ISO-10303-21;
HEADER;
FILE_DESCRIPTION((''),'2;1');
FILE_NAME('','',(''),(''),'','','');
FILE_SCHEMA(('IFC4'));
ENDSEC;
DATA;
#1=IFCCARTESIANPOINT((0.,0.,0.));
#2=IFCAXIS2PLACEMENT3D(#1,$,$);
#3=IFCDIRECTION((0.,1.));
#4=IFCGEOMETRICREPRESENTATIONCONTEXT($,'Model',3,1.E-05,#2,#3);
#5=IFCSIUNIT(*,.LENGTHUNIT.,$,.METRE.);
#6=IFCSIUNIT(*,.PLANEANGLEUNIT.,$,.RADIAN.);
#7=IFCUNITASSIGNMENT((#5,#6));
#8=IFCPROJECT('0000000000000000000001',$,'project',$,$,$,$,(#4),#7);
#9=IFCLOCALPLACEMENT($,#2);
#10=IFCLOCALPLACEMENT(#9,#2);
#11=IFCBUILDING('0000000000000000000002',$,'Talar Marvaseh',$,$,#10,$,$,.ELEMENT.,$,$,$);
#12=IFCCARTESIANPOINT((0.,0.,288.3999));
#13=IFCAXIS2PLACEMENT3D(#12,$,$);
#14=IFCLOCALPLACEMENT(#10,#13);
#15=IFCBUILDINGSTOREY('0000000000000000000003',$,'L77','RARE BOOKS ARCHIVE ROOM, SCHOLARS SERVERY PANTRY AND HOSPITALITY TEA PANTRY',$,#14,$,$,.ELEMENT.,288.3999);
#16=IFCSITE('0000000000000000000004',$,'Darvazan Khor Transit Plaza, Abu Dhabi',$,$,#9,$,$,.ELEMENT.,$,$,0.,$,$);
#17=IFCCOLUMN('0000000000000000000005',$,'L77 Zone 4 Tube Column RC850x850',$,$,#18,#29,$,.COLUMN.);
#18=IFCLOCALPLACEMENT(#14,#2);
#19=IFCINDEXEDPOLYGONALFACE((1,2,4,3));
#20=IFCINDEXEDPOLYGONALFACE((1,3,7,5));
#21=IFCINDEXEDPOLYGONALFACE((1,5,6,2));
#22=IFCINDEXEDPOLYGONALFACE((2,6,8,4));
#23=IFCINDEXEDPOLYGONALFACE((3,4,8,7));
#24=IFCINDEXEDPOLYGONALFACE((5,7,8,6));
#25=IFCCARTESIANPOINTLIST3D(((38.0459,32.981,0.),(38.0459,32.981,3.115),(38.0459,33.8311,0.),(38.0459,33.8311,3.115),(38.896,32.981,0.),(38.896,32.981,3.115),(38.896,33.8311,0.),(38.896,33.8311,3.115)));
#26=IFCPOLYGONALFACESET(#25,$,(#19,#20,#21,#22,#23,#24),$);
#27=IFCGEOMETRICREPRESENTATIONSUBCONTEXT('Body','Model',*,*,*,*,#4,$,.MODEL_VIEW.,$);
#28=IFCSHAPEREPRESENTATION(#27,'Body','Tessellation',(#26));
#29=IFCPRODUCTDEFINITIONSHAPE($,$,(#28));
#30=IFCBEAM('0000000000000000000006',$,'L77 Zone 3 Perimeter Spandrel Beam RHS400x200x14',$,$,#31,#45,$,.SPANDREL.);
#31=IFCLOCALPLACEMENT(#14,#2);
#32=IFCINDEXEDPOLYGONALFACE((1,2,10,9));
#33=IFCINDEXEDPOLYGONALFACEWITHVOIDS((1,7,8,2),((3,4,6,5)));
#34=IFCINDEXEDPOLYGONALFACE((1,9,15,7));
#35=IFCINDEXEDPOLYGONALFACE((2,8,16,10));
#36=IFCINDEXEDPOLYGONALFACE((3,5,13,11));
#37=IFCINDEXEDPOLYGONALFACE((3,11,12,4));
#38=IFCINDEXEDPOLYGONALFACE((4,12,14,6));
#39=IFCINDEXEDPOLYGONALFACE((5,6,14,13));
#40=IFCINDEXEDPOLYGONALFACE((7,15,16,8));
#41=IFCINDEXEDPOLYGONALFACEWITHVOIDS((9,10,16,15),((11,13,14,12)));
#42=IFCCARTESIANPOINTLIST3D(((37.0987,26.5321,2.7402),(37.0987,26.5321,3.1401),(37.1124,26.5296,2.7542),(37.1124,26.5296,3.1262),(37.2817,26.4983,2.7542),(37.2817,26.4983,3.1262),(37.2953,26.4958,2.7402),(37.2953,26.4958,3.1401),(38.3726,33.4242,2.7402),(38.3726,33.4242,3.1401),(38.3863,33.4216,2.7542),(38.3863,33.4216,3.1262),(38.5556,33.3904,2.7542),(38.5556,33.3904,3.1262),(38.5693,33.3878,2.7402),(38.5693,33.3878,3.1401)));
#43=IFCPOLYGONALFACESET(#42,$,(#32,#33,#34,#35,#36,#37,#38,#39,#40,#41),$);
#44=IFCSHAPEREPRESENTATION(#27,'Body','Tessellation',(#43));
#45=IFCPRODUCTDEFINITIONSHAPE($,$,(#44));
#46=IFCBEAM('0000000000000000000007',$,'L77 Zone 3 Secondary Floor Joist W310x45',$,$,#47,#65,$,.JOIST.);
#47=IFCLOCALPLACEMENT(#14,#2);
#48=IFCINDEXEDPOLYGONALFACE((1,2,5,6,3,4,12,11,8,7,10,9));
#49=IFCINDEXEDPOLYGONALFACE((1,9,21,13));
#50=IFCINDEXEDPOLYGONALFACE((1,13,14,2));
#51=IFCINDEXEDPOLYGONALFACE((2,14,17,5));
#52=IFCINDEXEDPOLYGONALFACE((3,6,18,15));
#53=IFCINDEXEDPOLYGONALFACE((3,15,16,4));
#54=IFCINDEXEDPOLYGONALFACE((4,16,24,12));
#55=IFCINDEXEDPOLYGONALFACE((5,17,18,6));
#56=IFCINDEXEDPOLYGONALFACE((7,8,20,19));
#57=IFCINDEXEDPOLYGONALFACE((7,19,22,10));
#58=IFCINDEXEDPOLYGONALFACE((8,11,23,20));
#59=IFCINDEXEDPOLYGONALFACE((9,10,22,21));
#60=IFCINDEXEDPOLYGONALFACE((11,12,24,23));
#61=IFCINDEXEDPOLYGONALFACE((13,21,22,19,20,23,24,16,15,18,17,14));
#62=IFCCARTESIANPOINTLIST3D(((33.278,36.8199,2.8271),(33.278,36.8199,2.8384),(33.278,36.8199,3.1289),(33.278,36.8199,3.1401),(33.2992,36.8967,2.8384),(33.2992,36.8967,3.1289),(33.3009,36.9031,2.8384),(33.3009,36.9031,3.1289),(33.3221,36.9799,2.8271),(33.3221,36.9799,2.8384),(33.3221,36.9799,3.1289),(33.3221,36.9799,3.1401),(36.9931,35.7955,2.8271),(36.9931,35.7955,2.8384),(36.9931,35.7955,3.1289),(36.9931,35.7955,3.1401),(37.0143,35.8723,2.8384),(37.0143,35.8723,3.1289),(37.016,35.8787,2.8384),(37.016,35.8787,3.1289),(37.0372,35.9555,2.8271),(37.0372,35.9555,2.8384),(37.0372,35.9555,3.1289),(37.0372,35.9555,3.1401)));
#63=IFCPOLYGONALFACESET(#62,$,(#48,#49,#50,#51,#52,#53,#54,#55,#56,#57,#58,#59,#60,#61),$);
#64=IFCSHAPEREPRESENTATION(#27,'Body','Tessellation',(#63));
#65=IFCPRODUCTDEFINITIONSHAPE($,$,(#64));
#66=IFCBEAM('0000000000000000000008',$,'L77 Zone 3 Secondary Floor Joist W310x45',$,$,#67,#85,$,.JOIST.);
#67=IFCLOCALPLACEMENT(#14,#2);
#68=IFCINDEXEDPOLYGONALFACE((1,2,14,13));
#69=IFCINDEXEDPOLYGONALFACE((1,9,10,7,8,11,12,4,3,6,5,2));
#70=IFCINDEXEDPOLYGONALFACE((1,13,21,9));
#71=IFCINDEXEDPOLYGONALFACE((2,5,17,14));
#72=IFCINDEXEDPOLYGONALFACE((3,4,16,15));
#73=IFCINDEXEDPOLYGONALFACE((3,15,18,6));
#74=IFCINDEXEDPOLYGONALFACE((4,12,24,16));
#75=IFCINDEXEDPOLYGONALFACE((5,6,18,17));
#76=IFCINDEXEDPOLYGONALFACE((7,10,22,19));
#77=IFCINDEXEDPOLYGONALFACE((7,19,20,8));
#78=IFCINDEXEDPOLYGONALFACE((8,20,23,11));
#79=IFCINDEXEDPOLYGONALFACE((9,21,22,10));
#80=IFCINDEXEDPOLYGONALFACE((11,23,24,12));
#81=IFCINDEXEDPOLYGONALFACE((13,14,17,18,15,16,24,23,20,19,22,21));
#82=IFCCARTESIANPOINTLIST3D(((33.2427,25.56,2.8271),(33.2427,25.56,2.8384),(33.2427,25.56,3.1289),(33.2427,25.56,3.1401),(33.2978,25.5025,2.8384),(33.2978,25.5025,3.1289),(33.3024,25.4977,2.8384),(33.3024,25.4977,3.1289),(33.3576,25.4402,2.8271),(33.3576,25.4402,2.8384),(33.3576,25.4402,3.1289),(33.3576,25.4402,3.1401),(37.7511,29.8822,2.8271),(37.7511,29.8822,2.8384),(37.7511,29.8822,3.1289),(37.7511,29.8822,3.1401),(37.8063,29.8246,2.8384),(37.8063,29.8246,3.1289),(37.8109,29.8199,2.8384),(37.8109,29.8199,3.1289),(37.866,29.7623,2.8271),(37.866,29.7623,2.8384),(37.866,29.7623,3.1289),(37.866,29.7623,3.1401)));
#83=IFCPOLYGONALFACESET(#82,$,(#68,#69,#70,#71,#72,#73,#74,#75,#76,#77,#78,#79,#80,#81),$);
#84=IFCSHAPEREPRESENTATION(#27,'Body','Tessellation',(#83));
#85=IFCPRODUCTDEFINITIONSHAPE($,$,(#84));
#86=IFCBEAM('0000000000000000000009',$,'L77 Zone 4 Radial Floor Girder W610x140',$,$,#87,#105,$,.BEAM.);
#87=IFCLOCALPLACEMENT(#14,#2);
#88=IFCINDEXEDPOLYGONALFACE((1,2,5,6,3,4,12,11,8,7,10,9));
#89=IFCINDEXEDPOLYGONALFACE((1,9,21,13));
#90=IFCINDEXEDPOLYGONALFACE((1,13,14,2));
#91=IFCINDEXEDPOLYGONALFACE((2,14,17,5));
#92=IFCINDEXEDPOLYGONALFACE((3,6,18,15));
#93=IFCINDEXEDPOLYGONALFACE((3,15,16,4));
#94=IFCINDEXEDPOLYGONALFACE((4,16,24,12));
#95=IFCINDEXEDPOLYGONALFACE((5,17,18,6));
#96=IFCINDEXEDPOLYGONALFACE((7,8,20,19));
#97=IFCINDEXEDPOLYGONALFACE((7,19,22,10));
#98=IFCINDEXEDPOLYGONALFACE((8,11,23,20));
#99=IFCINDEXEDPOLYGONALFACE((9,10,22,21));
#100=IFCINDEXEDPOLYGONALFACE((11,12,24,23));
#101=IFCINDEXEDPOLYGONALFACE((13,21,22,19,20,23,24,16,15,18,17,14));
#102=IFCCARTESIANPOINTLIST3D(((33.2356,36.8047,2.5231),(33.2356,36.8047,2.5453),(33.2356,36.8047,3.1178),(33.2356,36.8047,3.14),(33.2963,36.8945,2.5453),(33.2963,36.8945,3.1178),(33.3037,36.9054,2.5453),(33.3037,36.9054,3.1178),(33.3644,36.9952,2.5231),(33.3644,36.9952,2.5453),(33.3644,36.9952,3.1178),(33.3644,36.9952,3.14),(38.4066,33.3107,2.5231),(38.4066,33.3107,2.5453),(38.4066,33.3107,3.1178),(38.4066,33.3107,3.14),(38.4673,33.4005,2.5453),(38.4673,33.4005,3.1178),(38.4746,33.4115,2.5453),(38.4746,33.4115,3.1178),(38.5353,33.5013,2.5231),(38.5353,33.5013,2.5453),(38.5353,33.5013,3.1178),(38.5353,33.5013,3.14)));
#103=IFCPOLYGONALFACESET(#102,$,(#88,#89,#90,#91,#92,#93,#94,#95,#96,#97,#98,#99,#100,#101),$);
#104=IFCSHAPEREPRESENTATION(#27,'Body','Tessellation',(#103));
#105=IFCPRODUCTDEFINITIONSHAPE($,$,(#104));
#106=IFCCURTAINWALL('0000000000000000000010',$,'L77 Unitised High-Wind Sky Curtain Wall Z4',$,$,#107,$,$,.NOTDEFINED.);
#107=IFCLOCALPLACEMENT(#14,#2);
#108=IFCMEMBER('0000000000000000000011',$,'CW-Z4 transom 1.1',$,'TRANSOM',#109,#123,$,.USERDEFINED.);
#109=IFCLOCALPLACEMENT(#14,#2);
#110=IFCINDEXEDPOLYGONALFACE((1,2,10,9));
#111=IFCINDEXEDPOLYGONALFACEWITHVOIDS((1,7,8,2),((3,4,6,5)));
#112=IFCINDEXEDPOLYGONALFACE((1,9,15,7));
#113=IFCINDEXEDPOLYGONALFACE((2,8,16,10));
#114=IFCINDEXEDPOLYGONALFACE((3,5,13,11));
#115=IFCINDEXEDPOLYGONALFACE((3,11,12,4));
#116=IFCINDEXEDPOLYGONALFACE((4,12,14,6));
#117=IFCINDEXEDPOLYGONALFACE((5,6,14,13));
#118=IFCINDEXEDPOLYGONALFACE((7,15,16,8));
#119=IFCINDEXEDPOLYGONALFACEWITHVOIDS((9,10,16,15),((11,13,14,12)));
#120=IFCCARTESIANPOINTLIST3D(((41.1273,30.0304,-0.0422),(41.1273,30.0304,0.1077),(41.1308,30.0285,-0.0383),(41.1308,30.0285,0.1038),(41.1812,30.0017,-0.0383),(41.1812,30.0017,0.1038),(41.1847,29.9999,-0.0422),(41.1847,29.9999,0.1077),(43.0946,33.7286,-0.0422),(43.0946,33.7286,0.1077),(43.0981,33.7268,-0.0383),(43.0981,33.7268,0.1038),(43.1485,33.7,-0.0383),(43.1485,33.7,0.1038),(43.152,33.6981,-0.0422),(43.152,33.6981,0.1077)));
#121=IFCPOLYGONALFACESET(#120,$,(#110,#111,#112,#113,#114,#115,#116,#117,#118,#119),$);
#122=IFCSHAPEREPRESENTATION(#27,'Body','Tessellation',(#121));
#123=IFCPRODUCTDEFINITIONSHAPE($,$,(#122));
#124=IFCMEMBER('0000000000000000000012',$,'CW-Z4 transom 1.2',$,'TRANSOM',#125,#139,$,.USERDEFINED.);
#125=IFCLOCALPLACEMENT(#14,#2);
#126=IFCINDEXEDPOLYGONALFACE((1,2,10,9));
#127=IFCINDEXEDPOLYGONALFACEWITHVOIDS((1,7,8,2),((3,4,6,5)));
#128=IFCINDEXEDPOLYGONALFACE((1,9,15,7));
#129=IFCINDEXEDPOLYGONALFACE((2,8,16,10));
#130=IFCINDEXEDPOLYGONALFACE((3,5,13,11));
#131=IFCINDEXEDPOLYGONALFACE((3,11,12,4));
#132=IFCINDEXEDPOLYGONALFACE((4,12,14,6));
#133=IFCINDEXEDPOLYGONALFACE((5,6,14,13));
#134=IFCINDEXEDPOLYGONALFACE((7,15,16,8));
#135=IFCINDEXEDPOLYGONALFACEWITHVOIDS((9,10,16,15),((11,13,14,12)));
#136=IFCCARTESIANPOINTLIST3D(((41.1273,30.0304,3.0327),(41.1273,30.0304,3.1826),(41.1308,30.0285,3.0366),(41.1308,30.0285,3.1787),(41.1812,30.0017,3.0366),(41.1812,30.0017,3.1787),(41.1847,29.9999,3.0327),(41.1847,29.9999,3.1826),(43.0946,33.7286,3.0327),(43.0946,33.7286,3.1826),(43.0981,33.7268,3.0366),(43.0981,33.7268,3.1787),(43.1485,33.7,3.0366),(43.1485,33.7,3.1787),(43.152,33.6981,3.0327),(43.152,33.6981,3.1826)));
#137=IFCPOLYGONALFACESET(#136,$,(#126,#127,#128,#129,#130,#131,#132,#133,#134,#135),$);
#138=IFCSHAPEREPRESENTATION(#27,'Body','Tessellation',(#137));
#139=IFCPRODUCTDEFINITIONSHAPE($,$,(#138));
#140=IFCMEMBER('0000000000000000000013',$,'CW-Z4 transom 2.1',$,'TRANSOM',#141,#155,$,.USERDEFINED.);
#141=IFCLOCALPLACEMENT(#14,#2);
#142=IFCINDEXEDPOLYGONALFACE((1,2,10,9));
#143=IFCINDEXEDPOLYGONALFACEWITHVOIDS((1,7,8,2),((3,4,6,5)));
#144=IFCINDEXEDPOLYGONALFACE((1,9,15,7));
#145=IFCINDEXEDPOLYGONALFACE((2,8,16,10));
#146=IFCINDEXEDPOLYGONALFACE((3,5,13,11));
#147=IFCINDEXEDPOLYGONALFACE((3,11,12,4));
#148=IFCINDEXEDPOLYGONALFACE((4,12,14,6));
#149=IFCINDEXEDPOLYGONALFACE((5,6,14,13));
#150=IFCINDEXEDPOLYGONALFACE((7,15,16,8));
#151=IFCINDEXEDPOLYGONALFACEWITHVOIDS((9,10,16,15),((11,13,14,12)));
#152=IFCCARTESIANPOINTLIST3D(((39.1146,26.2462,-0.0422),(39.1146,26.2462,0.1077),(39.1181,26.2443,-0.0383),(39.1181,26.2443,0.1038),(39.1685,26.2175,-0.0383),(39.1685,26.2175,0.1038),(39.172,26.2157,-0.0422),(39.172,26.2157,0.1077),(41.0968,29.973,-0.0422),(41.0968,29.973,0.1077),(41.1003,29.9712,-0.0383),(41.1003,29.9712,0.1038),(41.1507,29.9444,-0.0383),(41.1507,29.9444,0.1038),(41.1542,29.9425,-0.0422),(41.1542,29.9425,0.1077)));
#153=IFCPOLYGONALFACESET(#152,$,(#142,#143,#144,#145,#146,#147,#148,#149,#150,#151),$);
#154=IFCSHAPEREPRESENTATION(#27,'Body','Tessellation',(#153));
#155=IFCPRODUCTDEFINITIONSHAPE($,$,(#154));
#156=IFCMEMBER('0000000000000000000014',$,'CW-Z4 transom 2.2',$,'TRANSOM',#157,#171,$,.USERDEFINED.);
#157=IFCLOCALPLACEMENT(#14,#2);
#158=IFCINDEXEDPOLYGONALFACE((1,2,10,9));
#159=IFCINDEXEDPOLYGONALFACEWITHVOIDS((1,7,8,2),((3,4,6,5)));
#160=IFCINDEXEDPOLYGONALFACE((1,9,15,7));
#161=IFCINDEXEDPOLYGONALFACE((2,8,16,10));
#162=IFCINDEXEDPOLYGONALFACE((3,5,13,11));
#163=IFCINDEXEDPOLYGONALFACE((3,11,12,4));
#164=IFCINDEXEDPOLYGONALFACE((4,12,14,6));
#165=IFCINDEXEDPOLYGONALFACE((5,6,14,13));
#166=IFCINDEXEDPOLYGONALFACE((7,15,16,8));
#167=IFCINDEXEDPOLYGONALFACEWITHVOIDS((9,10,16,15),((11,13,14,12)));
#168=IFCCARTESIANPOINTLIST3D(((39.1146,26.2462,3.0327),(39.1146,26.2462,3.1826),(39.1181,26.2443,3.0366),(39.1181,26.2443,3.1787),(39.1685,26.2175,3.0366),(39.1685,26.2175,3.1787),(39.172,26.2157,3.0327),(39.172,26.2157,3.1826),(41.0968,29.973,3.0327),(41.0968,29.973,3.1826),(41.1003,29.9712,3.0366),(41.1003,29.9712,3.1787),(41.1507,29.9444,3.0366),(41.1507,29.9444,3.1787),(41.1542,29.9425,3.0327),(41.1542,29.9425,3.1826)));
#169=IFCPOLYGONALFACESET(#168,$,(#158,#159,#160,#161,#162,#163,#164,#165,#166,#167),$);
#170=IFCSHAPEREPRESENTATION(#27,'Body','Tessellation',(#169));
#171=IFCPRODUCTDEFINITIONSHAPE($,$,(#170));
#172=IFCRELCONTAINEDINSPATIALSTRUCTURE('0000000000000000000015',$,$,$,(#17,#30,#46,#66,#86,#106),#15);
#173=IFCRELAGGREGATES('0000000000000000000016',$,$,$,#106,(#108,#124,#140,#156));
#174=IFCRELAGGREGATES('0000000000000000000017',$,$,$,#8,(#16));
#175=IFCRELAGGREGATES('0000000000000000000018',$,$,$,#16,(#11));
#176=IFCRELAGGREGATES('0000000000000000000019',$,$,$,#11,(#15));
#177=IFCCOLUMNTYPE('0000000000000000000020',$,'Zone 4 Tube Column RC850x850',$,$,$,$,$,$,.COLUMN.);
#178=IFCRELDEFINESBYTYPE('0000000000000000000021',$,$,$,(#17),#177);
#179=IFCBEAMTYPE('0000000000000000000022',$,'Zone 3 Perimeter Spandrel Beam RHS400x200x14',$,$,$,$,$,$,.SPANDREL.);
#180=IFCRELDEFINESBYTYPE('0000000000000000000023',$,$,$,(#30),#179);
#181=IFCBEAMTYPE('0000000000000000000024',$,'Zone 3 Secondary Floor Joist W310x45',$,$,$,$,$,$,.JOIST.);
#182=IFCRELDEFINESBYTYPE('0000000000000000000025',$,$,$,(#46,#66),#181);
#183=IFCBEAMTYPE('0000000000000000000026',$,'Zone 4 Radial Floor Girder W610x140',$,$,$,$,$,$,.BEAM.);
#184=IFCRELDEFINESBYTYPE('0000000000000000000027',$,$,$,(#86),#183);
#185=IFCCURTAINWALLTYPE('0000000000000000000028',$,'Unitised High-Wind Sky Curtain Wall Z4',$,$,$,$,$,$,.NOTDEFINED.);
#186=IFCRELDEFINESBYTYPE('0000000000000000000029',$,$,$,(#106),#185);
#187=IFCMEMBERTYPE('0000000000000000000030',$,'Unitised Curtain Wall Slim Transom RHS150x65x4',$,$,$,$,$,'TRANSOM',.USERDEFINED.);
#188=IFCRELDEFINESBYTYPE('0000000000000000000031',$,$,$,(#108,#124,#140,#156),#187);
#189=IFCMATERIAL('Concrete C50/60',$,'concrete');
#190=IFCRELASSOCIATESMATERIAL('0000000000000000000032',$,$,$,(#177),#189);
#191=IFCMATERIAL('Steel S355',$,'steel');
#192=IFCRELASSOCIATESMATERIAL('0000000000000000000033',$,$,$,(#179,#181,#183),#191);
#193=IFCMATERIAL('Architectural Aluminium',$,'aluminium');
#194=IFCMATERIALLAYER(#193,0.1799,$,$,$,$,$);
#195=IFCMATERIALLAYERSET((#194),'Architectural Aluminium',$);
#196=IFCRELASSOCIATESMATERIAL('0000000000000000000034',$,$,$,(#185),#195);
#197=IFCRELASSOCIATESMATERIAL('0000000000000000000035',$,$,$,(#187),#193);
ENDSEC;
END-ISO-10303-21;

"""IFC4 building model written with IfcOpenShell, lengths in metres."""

from ifc_helpers import new_model, si_unit, direction, frame, origin, origin_2d, place, context, subcontext, project, spatial, rectangle, hollow_rectangle, i_section, extrude, source, transform, mapped, material, layer, layer_set, material_profile, profile_set, type_object, type_shapes, element, aggregate, save


model = new_model("IFC4")

# Units and contexts
model_context = context("Model", 3, precision=1e-05, world=origin(), true_north=direction((0.0, 1.0)))
body_context = subcontext(model_context, "Body", "Model", "MODEL_VIEW")
ifc_project = project(units=[si_unit("LENGTHUNIT", "METRE"), si_unit("PLANEANGLEUNIT", "RADIAN")], contexts=[model_context])

# Site, building, storey
site_placement = place(None, origin())
site = spatial("IfcSite", under=ifc_project, at=site_placement, Name="Darvazan Khor Transit Plaza, Abu Dhabi", CompositionType="ELEMENT", RefElevation=0.0)
building_placement = place(site_placement, origin())
building = spatial("IfcBuilding", under=site, at=building_placement, Name="Talar Marvaseh", CompositionType="ELEMENT")
storey_placement = place(building_placement, frame((0.0, 0.0, 288.3999)))
storey = spatial("IfcBuildingStorey", under=building, at=storey_placement, Name="L77", Description="RARE BOOKS ARCHIVE ROOM, SCHOLARS SERVERY PANTRY AND HOSPITALITY TEA PANTRY", CompositionType="ELEMENT", Elevation=288.3999)

# Column
ifc_material_1 = material(Name="Concrete C50/60", Category="concrete")
ifc_material_profile_1 = material_profile(ifc_material_1, rectangle(XDim=0.8501, YDim=0.8501, at=origin_2d()), Name="RC850x850")
ifc_profile_set_1 = profile_set([ifc_material_profile_1], Name="Concrete C50/60")
column_type = type_object("IfcColumnType", Name="Zone 4 Tube Column RC850x850", PredefinedType="COLUMN", material=ifc_profile_set_1)
column_placement = place(storey_placement, frame((38.4709, 33.406, 0.0), z_axis=(0.0, 0.0, 1.0), x_axis=(1.0, 0.0, 0.0)))
element("IfcColumn", 1, at=column_placement, inside=storey, type_object=column_type, Name="L77 Zone 4 Tube Column RC850x850", PredefinedType="COLUMN", context=body_context, shape_type="SweptSolid", body=[
    extrude(rectangle(XDim=0.8501, YDim=0.8501, at=origin_2d()), origin(), (0.0, 0.0, 1.0), 3.115),
])

# Beams
ifc_material_2 = material(Name="Steel S355", Category="steel")
ifc_material_profile_2 = material_profile(ifc_material_2, hollow_rectangle(XDim=0.2, YDim=0.3999, WallThickness=0.0139, at=origin_2d()), Name="RHS400x200x14")
ifc_profile_set_2 = profile_set([ifc_material_profile_2], Name="Steel S355")
beam_type_1 = type_object("IfcBeamType", Name="Zone 3 Perimeter Spandrel Beam RHS400x200x14", PredefinedType="SPANDREL", material=ifc_profile_set_2)
beam_1_placement = place(storey_placement, frame((38.4709, 33.406, 2.9402), z_axis=(-0.18176, -0.983343, 0.0), x_axis=(0.983343, -0.18176, 0.0)))
element("IfcBeam", 2, at=beam_1_placement, inside=storey, type_object=beam_type_1, Name="L77 Zone 3 Perimeter Spandrel Beam RHS400x200x14", PredefinedType="SPANDREL", context=body_context, shape_type="SweptSolid", body=[
    extrude(hollow_rectangle(XDim=0.2, YDim=0.3999, WallThickness=0.0139, at=origin_2d()), origin(), (0.0, 0.0, 1.0), 7.0088),
])
ifc_material_profile_3 = material_profile(ifc_material_2, i_section(OverallWidth=0.166, OverallDepth=0.313, WebThickness=0.0066, FlangeThickness=0.0112, at=origin_2d()), Name="W310x45")
ifc_profile_set_3 = profile_set([ifc_material_profile_3], Name="Steel S355")
beam_type_2 = type_object("IfcBeamType", Name="Zone 3 Secondary Floor Joist W310x45", PredefinedType="JOIST", material=ifc_profile_set_3)
beam_2_placement = place(storey_placement, frame((37.0151, 35.8755, 2.9836), z_axis=(-0.964022, 0.265823, 0.0), x_axis=(-0.265823, -0.964022, 0.0)))
element("IfcBeam", 3, at=beam_2_placement, inside=storey, type_object=beam_type_2, Name="L77 Zone 3 Secondary Floor Joist W310x45", PredefinedType="JOIST", context=body_context, shape_type="SweptSolid", body=[
    extrude(i_section(OverallWidth=0.166, OverallDepth=0.313, WebThickness=0.0066, FlangeThickness=0.0112, at=origin_2d()), origin(), (0.0, 0.0, 1.0), 3.8538),
])
beam_3_placement = place(storey_placement, frame((37.8086, 29.8223, 2.9836), z_axis=(-0.721862, -0.692037, 0.0), x_axis=(0.692037, -0.721862, 0.0)))
element("IfcBeam", 4, at=beam_3_placement, inside=storey, type_object=beam_type_2, Name="L77 Zone 3 Secondary Floor Joist W310x45", PredefinedType="JOIST", context=body_context, shape_type="SweptSolid", body=[
    extrude(i_section(OverallWidth=0.166, OverallDepth=0.313, WebThickness=0.0066, FlangeThickness=0.0112, at=origin_2d()), origin(), (0.0, 0.0, 1.0), 6.2456),
])
ifc_material_profile_4 = material_profile(ifc_material_2, i_section(OverallWidth=0.23, OverallDepth=0.6169, WebThickness=0.0132, FlangeThickness=0.0222, at=origin_2d()), Name="W610x140")
ifc_profile_set_4 = profile_set([ifc_material_profile_4], Name="Steel S355")
beam_type_3 = type_object("IfcBeamType", Name="Zone 4 Radial Floor Girder W610x140", PredefinedType="BEAM", material=ifc_profile_set_4)
beam_4_placement = place(storey_placement, frame((38.4709, 33.406, 2.8315), z_axis=(-0.828586, 0.559862, 0.0), x_axis=(-0.559862, -0.828586, 0.0)))
element("IfcBeam", 5, at=beam_4_placement, inside=storey, type_object=beam_type_3, Name="L77 Zone 4 Radial Floor Girder W610x140", PredefinedType="BEAM", context=body_context, shape_type="SweptSolid", body=[
    extrude(i_section(OverallWidth=0.23, OverallDepth=0.6169, WebThickness=0.0132, FlangeThickness=0.0222, at=origin_2d()), origin(), (0.0, 0.0, 1.0), 6.2407),
])

# Curtain wall, members
ifc_material_3 = material(Name="Architectural Aluminium", Category="aluminium")
ifc_layer_1 = layer(ifc_material_3, 0.1799)
ifc_layer_set_1 = layer_set([ifc_layer_1], Name="Architectural Aluminium")
curtain_wall_type = type_object("IfcCurtainWallType", Name="Unitised High-Wind Sky Curtain Wall Z4", PredefinedType="NOTDEFINED", material=ifc_layer_set_1)
curtain_wall_1_placement = place(storey_placement, origin())
curtain_wall_1 = element("IfcCurtainWall", 6, at=curtain_wall_1_placement, inside=storey, type_object=curtain_wall_type, Name="L77 Unitised High-Wind Sky Curtain Wall Z4", PredefinedType="NOTDEFINED")
ifc_material_profile_5 = material_profile(ifc_material_3, hollow_rectangle(XDim=0.0649, YDim=0.1499, WallThickness=0.0039, at=origin_2d()), Name="RHS150x65x4")
ifc_profile_set_5 = profile_set([ifc_material_profile_5], Name="Architectural Aluminium")
member_type_1 = type_object("IfcMemberType", Name="Unitised Curtain Wall Slim Transom RHS150x65x4", ElementType="TRANSOM", PredefinedType="USERDEFINED", material=ifc_profile_set_5)
shared_shape_1 = source(origin(), body_context, "Body", "SweptSolid", [
    extrude(hollow_rectangle(XDim=0.0649, YDim=0.1499, WallThickness=0.0039, at=origin_2d()), origin(), (0.0, 0.0, 1.0), 4.189),
])
member_1_placement = place(storey_placement, frame((43.1233, 33.7134, 0.0327), z_axis=(-0.469638, -0.882859, 0.0), x_axis=(0.882859, -0.469638, 0.0)))
member_1 = element("IfcMember", 7, at=member_1_placement, type_object=member_type_1, Name="CW-Z4 transom 1.1", ObjectType="TRANSOM", PredefinedType="USERDEFINED", context=body_context, shape_type="MappedRepresentation", body=[
    mapped(shared_shape_1, transform((0.0, 0.0, 0.0), x_axis=(1.0, 0.0, 0.0), y_axis=(0.0, 1.0, 0.0), z_axis=(0.0, 0.0, 1.0), scale=1.0)),
])
member_2_placement = place(storey_placement, frame((43.1233, 33.7134, 3.1077), z_axis=(-0.469638, -0.882859, 0.0), x_axis=(0.882859, -0.469638, 0.0)))
member_2 = element("IfcMember", 8, at=member_2_placement, type_object=member_type_1, Name="CW-Z4 transom 1.2", ObjectType="TRANSOM", PredefinedType="USERDEFINED", context=body_context, shape_type="MappedRepresentation", body=[
    mapped(shared_shape_1, transform((0.0, 0.0, 0.0), x_axis=(1.0, 0.0, 0.0), y_axis=(0.0, 1.0, 0.0), z_axis=(0.0, 0.0, 1.0), scale=1.0)),
])
shared_shape_2 = source(origin(), body_context, "Body", "SweptSolid", [
    extrude(hollow_rectangle(XDim=0.0649, YDim=0.1499, WallThickness=0.0039, at=origin_2d()), origin(), (0.0, 0.0, 1.0), 4.2212),
])
type_shapes(member_type_1, [shared_shape_1, shared_shape_2])
member_3_placement = place(storey_placement, frame((41.1255, 29.9578, 0.0327), z_axis=(-0.469582, -0.882889, 0.0), x_axis=(0.882889, -0.469582, 0.0)))
member_3 = element("IfcMember", 9, at=member_3_placement, type_object=member_type_1, Name="CW-Z4 transom 2.1", ObjectType="TRANSOM", PredefinedType="USERDEFINED", context=body_context, shape_type="MappedRepresentation", body=[
    mapped(shared_shape_2, transform((0.0, 0.0, 0.0), x_axis=(1.0, 0.0, 0.0), y_axis=(0.0, 1.0, 0.0), z_axis=(0.0, 0.0, 1.0), scale=1.0)),
])
member_4_placement = place(storey_placement, frame((41.1255, 29.9578, 3.1077), z_axis=(-0.469582, -0.882889, 0.0), x_axis=(0.882889, -0.469582, 0.0)))
member_4 = element("IfcMember", 10, at=member_4_placement, type_object=member_type_1, Name="CW-Z4 transom 2.2", ObjectType="TRANSOM", PredefinedType="USERDEFINED", context=body_context, shape_type="MappedRepresentation", body=[
    mapped(shared_shape_2, transform((0.0, 0.0, 0.0), x_axis=(1.0, 0.0, 0.0), y_axis=(0.0, 1.0, 0.0), z_axis=(0.0, 0.0, 1.0), scale=1.0)),
])

aggregate(curtain_wall_1, [member_1, member_2, member_3, member_4])

save(model, "model.ifc")
